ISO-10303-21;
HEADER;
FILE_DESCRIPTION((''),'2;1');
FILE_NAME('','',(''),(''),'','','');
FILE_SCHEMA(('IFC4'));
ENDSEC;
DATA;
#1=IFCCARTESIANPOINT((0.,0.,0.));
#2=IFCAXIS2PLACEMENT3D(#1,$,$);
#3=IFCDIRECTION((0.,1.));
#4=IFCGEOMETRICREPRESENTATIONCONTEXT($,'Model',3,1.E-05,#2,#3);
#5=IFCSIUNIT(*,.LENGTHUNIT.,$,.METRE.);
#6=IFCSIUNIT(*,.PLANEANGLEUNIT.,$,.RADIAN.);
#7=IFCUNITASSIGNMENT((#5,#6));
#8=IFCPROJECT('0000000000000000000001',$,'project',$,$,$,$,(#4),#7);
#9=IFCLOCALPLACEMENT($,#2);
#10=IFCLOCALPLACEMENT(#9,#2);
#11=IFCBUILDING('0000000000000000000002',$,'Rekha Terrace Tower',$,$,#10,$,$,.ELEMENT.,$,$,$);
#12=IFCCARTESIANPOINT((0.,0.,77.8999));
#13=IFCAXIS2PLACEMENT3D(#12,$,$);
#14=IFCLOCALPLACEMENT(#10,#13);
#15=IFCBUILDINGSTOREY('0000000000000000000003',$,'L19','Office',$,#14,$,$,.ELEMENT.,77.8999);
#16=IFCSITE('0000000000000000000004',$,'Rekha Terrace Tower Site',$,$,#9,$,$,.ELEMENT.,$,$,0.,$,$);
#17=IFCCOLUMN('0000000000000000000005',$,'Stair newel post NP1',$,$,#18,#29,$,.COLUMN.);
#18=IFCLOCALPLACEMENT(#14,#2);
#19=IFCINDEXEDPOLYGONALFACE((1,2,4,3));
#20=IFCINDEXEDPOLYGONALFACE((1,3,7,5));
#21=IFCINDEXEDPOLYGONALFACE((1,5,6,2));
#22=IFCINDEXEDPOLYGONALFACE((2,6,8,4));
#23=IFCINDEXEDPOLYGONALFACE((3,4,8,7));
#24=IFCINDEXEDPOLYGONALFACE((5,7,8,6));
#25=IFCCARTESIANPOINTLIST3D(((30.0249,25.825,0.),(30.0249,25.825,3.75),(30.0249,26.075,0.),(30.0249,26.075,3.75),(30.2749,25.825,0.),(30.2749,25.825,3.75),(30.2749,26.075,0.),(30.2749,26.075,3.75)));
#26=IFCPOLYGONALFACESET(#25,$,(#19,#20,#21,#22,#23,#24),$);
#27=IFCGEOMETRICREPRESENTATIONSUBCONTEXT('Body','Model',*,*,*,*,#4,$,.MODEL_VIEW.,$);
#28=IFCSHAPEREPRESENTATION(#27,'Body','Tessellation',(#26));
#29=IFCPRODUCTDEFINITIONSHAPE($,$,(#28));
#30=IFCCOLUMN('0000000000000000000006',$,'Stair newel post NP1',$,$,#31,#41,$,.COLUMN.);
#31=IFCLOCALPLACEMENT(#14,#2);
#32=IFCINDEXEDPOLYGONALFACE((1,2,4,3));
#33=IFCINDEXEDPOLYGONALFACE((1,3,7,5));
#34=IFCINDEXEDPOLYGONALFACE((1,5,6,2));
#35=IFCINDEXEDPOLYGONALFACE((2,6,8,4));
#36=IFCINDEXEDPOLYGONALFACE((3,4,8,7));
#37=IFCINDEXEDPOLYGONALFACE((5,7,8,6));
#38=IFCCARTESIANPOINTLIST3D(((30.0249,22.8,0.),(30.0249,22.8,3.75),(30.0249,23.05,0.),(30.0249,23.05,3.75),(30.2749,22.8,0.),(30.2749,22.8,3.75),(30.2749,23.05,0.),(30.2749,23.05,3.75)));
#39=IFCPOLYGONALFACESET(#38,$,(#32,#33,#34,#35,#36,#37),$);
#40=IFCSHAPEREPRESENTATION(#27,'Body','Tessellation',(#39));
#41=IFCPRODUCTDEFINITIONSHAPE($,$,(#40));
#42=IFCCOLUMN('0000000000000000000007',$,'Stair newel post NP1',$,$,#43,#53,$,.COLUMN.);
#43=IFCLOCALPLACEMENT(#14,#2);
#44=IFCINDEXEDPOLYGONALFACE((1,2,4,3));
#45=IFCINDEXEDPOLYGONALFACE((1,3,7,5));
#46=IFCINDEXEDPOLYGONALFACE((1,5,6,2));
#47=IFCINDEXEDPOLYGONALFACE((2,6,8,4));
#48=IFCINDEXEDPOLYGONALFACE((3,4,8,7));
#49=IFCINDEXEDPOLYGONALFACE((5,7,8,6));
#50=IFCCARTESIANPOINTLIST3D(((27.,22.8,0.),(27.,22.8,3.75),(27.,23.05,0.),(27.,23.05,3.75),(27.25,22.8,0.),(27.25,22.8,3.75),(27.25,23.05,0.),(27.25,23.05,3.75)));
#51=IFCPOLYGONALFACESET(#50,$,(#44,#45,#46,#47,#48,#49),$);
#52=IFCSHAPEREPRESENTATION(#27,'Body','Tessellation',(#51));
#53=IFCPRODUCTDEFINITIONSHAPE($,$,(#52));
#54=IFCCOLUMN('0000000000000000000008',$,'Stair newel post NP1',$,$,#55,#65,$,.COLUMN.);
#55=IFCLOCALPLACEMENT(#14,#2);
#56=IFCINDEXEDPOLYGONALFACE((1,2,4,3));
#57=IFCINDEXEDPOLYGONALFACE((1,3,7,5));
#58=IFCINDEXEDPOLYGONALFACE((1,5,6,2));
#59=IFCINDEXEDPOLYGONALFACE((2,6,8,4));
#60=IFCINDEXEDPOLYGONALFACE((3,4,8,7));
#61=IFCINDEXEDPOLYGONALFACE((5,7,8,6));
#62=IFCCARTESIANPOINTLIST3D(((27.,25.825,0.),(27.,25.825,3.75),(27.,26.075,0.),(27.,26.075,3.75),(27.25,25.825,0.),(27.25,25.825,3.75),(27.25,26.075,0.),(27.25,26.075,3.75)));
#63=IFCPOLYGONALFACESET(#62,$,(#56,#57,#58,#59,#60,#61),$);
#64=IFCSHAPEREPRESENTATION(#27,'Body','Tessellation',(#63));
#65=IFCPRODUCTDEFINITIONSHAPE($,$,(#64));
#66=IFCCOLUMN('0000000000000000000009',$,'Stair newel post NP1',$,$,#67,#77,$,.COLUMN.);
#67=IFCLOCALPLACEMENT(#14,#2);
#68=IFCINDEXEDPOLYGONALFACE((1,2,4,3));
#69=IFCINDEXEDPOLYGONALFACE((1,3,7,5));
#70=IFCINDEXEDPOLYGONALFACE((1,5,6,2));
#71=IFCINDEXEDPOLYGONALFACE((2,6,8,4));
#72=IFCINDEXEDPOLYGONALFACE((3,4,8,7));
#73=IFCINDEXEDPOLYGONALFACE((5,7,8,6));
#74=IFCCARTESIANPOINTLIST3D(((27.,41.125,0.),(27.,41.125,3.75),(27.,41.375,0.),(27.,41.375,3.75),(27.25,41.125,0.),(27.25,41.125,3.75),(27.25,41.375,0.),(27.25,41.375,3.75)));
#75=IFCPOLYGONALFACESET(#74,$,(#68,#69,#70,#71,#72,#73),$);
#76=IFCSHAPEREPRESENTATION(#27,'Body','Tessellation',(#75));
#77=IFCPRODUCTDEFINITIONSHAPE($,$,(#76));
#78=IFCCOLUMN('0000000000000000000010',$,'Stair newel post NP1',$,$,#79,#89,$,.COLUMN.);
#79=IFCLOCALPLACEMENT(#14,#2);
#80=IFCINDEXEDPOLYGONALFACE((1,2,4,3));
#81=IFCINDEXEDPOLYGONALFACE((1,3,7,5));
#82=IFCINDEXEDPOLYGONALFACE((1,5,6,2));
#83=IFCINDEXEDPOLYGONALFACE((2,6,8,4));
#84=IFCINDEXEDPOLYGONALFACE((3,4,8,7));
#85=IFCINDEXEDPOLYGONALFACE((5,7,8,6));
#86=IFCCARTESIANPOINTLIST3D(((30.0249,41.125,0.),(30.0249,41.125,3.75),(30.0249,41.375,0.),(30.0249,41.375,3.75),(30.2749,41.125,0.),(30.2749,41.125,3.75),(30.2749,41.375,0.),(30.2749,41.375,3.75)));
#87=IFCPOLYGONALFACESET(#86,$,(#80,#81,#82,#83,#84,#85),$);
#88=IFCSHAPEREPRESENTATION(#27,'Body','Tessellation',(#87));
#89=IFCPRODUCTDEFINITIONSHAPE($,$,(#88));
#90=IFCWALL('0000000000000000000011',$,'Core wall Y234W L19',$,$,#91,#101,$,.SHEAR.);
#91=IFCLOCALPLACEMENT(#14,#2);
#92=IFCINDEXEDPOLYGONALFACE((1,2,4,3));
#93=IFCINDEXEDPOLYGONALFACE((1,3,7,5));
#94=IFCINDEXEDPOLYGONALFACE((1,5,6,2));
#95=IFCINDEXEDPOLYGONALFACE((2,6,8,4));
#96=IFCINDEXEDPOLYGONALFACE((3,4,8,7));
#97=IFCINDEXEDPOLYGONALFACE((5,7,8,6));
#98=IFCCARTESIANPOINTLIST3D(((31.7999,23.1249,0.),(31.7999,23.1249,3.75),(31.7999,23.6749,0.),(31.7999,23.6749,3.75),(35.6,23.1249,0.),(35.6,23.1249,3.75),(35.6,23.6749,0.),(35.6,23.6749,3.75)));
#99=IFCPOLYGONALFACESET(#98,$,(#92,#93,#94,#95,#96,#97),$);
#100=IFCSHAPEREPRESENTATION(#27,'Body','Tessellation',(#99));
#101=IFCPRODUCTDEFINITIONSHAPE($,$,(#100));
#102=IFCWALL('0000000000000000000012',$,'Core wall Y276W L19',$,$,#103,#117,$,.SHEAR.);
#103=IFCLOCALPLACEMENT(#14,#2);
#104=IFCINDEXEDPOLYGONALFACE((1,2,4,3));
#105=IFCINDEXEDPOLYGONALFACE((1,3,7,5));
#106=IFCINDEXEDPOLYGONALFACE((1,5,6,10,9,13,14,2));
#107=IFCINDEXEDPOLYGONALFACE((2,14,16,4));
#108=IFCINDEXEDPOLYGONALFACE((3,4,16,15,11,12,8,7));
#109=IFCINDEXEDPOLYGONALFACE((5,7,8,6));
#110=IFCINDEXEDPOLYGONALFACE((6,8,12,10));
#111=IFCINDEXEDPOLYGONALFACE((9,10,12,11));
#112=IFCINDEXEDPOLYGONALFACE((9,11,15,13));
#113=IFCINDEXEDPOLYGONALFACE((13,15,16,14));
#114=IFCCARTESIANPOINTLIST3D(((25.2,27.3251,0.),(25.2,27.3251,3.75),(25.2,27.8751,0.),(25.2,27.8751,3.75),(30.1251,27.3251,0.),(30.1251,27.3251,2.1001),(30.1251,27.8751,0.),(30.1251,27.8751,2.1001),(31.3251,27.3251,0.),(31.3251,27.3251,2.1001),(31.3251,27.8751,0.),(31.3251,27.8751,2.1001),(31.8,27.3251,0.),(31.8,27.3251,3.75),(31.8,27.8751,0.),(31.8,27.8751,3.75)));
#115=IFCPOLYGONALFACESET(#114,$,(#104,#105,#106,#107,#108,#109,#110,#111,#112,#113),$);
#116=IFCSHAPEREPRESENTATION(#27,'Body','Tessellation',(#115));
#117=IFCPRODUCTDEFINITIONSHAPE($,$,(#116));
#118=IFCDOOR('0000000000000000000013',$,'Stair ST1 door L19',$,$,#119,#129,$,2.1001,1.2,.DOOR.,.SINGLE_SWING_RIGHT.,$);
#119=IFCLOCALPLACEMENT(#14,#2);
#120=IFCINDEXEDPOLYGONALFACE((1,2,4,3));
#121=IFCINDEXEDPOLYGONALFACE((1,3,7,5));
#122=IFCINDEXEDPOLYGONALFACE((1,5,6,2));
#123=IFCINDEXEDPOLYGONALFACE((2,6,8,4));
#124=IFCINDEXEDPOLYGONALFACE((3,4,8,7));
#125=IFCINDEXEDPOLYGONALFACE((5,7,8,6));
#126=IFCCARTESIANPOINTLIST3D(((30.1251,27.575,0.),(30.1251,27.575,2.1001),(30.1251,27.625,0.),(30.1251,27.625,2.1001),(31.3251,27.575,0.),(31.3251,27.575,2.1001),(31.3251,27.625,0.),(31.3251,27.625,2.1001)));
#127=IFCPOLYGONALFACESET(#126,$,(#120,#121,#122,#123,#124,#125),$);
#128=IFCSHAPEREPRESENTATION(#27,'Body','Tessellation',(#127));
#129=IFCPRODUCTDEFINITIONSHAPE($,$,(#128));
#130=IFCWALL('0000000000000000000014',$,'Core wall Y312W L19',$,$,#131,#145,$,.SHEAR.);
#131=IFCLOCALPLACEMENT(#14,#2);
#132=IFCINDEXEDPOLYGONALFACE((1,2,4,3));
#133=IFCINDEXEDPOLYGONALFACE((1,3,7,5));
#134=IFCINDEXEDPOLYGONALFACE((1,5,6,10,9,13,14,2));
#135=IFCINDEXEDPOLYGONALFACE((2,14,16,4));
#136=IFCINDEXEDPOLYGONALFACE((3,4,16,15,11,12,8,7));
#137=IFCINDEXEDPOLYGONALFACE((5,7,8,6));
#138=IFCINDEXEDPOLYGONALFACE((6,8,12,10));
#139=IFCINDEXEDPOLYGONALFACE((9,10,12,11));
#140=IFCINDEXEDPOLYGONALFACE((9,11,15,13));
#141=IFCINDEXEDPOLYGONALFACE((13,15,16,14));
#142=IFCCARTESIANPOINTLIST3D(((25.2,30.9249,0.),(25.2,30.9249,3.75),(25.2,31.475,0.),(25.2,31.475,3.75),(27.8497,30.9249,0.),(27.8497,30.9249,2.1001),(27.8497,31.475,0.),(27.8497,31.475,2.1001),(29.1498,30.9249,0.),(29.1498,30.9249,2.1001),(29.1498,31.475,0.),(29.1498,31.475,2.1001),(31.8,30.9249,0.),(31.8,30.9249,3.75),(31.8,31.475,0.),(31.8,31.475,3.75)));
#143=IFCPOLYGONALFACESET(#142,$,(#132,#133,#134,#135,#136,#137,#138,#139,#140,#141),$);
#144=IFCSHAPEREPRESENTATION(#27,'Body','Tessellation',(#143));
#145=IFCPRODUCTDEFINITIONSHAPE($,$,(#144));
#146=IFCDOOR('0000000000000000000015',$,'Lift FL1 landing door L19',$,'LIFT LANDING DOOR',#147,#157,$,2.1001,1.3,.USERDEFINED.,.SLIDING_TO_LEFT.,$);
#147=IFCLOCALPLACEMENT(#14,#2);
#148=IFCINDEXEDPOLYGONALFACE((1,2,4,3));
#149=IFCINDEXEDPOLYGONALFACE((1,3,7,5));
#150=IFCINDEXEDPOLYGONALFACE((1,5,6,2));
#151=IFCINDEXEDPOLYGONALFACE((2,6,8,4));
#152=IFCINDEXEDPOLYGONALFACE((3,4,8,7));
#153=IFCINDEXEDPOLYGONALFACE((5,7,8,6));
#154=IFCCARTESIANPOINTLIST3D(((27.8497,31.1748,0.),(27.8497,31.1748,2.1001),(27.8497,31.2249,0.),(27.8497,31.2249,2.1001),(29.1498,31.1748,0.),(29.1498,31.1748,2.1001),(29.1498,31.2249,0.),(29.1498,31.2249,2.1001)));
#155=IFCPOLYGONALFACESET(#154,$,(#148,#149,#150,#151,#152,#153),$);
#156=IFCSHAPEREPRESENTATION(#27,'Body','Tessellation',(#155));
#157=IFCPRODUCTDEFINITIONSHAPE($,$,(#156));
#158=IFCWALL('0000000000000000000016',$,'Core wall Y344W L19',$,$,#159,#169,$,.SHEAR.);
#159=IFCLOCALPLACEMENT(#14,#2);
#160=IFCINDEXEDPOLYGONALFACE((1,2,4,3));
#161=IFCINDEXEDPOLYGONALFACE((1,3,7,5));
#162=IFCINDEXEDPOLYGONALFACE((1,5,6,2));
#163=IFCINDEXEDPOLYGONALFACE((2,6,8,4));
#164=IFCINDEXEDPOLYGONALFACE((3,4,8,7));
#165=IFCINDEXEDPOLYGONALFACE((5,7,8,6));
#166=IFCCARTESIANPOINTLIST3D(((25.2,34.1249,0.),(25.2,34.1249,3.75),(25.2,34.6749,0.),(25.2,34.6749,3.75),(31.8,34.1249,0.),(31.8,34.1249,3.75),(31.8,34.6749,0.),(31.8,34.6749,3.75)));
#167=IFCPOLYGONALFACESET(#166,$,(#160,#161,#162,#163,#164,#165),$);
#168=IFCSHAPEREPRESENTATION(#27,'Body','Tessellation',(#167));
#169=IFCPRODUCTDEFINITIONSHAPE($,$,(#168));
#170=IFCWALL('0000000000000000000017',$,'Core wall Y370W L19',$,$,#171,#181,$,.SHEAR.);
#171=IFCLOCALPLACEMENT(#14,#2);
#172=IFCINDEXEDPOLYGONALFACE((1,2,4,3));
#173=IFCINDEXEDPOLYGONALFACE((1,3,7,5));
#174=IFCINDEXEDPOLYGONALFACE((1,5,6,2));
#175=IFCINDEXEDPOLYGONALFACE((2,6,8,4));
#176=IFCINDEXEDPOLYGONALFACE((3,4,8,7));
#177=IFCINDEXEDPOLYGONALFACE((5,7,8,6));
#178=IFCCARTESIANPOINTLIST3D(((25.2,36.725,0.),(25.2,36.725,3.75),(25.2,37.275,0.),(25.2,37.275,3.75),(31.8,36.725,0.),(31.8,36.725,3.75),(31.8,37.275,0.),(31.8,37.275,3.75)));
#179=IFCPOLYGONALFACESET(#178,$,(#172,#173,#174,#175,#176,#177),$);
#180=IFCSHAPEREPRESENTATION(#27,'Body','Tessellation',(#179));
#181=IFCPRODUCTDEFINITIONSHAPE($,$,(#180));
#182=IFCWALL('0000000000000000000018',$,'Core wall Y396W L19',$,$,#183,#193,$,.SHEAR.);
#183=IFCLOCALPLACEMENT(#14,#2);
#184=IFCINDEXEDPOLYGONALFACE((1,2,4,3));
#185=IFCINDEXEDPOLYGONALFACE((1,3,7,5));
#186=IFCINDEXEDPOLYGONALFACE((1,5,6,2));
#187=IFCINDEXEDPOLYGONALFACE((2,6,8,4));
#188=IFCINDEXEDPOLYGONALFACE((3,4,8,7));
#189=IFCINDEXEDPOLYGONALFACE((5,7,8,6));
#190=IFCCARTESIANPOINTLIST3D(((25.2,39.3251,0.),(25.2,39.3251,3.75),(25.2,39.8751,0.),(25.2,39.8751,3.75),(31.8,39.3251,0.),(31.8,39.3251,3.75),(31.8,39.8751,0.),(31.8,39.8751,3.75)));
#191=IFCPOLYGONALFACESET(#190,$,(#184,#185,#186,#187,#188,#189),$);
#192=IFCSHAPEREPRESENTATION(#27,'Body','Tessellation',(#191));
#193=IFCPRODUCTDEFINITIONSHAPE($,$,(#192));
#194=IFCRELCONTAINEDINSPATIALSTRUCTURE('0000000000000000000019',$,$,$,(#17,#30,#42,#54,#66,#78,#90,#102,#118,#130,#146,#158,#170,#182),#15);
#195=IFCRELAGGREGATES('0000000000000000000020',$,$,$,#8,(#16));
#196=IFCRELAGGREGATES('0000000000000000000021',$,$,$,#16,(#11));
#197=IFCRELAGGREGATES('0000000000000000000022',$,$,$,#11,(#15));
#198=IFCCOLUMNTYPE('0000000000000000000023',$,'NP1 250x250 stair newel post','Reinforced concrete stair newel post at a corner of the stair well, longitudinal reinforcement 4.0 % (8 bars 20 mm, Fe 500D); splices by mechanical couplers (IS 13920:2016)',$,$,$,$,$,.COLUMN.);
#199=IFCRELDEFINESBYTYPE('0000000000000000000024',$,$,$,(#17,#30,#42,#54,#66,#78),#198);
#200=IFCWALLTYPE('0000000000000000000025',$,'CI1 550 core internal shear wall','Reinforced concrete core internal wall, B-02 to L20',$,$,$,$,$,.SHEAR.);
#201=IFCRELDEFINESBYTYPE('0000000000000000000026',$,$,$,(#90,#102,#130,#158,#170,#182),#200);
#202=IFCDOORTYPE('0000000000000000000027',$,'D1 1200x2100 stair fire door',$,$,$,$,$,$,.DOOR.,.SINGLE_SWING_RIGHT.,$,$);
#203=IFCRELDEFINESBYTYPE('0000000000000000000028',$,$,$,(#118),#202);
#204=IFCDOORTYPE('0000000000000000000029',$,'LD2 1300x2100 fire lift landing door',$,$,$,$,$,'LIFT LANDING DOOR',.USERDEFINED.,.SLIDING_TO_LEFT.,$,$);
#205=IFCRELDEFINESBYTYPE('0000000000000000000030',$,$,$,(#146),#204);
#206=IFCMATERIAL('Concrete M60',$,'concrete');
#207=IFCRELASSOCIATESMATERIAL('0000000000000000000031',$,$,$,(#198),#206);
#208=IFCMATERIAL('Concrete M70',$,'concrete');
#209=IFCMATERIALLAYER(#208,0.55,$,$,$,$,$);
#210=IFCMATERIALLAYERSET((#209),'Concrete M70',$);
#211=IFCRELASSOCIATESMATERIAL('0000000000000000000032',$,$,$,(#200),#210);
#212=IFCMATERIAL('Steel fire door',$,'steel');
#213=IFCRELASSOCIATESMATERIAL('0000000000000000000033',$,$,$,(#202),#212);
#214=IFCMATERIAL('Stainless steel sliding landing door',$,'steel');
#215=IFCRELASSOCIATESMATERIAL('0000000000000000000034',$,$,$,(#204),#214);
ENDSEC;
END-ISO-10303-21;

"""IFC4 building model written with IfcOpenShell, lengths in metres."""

from ifc_helpers import new_model, si_unit, direction, frame, frame_2d, origin, origin_2d, place, context, subcontext, project, spatial, rectangle, extrude, material, layer, layer_set, material_profile, profile_set, type_object, element, fill, save


model = new_model("IFC4")

# Units and contexts
model_context = context("Model", 3, precision=1e-05, world=origin(), true_north=direction((0.0, 1.0)))
body_context = subcontext(model_context, "Body", "Model", "MODEL_VIEW")
ifc_project = project(units=[si_unit("LENGTHUNIT", "METRE"), si_unit("PLANEANGLEUNIT", "RADIAN")], contexts=[model_context])

# Site, building, storey
site_placement = place(None, origin())
site = spatial("IfcSite", under=ifc_project, at=site_placement, Name="Rekha Terrace Tower Site", CompositionType="ELEMENT", RefElevation=0.0)
building_placement = place(site_placement, origin())
building = spatial("IfcBuilding", under=site, at=building_placement, Name="Rekha Terrace Tower", CompositionType="ELEMENT")
storey_placement = place(building_placement, frame((0.0, 0.0, 77.8999)))
storey = spatial("IfcBuildingStorey", under=building, at=storey_placement, Name="L19", Description="Office", CompositionType="ELEMENT", Elevation=77.8999)

# Columns
ifc_material_1 = material(Name="Concrete M60", Category="concrete")
ifc_material_profile = material_profile(ifc_material_1, rectangle(XDim=0.25, YDim=0.25, at=origin_2d()), Name="RC 250x250")
ifc_profile_set = profile_set([ifc_material_profile], Name="Concrete M60")
column_type = type_object("IfcColumnType", Name="NP1 250x250 stair newel post", Description="Reinforced concrete stair newel post at a corner of the stair well, longitudinal reinforcement 4.0 % (8 bars 20 mm, Fe 500D); splices by mechanical couplers (IS 13920:2016)", PredefinedType="COLUMN", material=ifc_profile_set)
for number, where, z_axis, x_axis, name in (
    (1, (30.1499, 25.95, 0.0), (0.0, 0.0, 1.0), (1.0, 0.0, 0.0), "Stair newel post NP1"),
    (2, (30.1499, 22.925, 0.0), (0.0, 0.0, 1.0), (1.0, 0.0, 0.0), "Stair newel post NP1"),
    (3, (27.125, 22.925, 0.0), (0.0, 0.0, 1.0), (1.0, 0.0, 0.0), "Stair newel post NP1"),
    (4, (27.125, 25.95, 0.0), (0.0, 0.0, 1.0), (1.0, 0.0, 0.0), "Stair newel post NP1"),
    (5, (27.125, 41.25, 0.0), (0.0, 0.0, 1.0), (1.0, 0.0, 0.0), "Stair newel post NP1"),
    (6, (30.1499, 41.25, 0.0), (0.0, 0.0, 1.0), (1.0, 0.0, 0.0), "Stair newel post NP1"),
):
    element("IfcColumn", number, at=place(storey_placement, frame(where, z_axis=z_axis, x_axis=x_axis)), inside=storey, type_object=column_type, Name=name, PredefinedType="COLUMN", context=body_context, shape_type="SweptSolid", body=[
        extrude(rectangle(XDim=0.25, YDim=0.25, at=origin_2d()), origin(), (0.0, 0.0, 1.0), 3.75),
    ])

# Wall
ifc_material_2 = material(Name="Concrete M70", Category="concrete")
ifc_layer = layer(ifc_material_2, 0.55)
ifc_layer_set = layer_set([ifc_layer], Name="Concrete M70")
wall_type = type_object("IfcWallType", Name="CI1 550 core internal shear wall", Description="Reinforced concrete core internal wall, B-02 to L20", PredefinedType="SHEAR", material=ifc_layer_set)
wall_1_placement = place(storey_placement, frame((31.8, 23.3999, 0.0), z_axis=(0.0, 0.0, 1.0), x_axis=(1.0, 0.0, 0.0)))
element("IfcWall", 7, at=wall_1_placement, inside=storey, type_object=wall_type, Name="Core wall Y234W L19", PredefinedType="SHEAR", context=body_context, shape_type="SweptSolid", body=[
    extrude(rectangle(XDim=3.8, YDim=0.55, at=frame_2d((1.8999, 0.0))), origin(), (0.0, 0.0, 1.0), 3.75),
])

# Walls, openings, doors
wall_2_placement = place(storey_placement, frame((25.2, 27.6001, 0.0), z_axis=(0.0, 0.0, 1.0), x_axis=(1.0, 0.0, 0.0)))
wall_2 = element("IfcWall", 8, at=wall_2_placement, inside=storey, type_object=wall_type, Name="Core wall Y276W L19", PredefinedType="SHEAR", context=body_context, shape_type="SweptSolid", body=[
    extrude(rectangle(XDim=6.6001, YDim=0.55, at=frame_2d((3.3, 0.0))), origin(), (0.0, 0.0, 1.0), 3.75),
])
opening_1_placement = place(wall_2_placement, frame((4.925, 0.0, 0.0)))
opening_1 = element("IfcOpeningElement", 9, at=opening_1_placement, cuts=wall_2, PredefinedType="OPENING", context=body_context, shape_type="SweptSolid", body=[
    extrude(rectangle(XDim=1.2, YDim=2.1001, at=frame_2d((0.6001, 1.05))), frame((0.0, 0.2849, 0.0), z_axis=(0.0, -1.0, 0.0), x_axis=(1.0, 0.0, 0.0)), (0.0, 0.0, 1.0), 0.5701),
])
ifc_material_3 = material(Name="Steel fire door", Category="steel")
door_type_1 = type_object("IfcDoorType", Name="D1 1200x2100 stair fire door", OperationType="SINGLE_SWING_RIGHT", PredefinedType="DOOR", material=ifc_material_3)
door_1_placement = place(opening_1_placement, origin())
door_1 = element("IfcDoor", 10, at=door_1_placement, inside=storey, type_object=door_type_1, Name="Stair ST1 door L19", OperationType="SINGLE_SWING_RIGHT", OverallHeight=2.1001, OverallWidth=1.2, PredefinedType="DOOR", context=body_context, shape_type="SweptSolid", body=[
    extrude(rectangle(XDim=1.2, YDim=2.1001, at=frame_2d((0.6001, 1.05))), frame((0.0, 0.0249, 0.0), z_axis=(0.0, -1.0, 0.0), x_axis=(1.0, 0.0, 0.0)), (0.0, 0.0, 1.0), 0.05),
])
fill(opening_1, door_1)
wall_3_placement = place(storey_placement, frame((25.2, 31.2, 0.0), z_axis=(0.0, 0.0, 1.0), x_axis=(1.0, 0.0, 0.0)))
wall_3 = element("IfcWall", 11, at=wall_3_placement, inside=storey, type_object=wall_type, Name="Core wall Y312W L19", PredefinedType="SHEAR", context=body_context, shape_type="SweptSolid", body=[
    extrude(rectangle(XDim=6.6001, YDim=0.55, at=frame_2d((3.3, 0.0))), origin(), (0.0, 0.0, 1.0), 3.75),
])
opening_2_placement = place(wall_3_placement, frame((2.6499, 0.0, 0.0)))
opening_2 = element("IfcOpeningElement", 12, at=opening_2_placement, cuts=wall_3, PredefinedType="OPENING", context=body_context, shape_type="SweptSolid", body=[
    extrude(rectangle(XDim=1.3, YDim=2.1001, at=frame_2d((0.6499, 1.05))), frame((0.0, 0.2849, 0.0), z_axis=(0.0, -1.0, 0.0), x_axis=(1.0, 0.0, 0.0)), (0.0, 0.0, 1.0), 0.5701),
])
ifc_material_4 = material(Name="Stainless steel sliding landing door", Category="steel")
door_type_2 = type_object("IfcDoorType", Name="LD2 1300x2100 fire lift landing door", ElementType="LIFT LANDING DOOR", OperationType="SLIDING_TO_LEFT", PredefinedType="USERDEFINED", material=ifc_material_4)
door_2_placement = place(opening_2_placement, origin())
door_2 = element("IfcDoor", 13, at=door_2_placement, inside=storey, type_object=door_type_2, Name="Lift FL1 landing door L19", ObjectType="LIFT LANDING DOOR", OperationType="SLIDING_TO_LEFT", OverallHeight=2.1001, OverallWidth=1.3, PredefinedType="USERDEFINED", context=body_context, shape_type="SweptSolid", body=[
    extrude(rectangle(XDim=1.3, YDim=2.1001, at=frame_2d((0.6499, 1.05))), frame((0.0, 0.0249, 0.0), z_axis=(0.0, -1.0, 0.0), x_axis=(1.0, 0.0, 0.0)), (0.0, 0.0, 1.0), 0.05),
])
fill(opening_2, door_2)

# Walls
for number, where, z_axis, x_axis, name in (
    (14, (25.2, 34.3999, 0.0), (0.0, 0.0, 1.0), (1.0, 0.0, 0.0), "Core wall Y344W L19"),
    (15, (25.2, 37.0, 0.0), (0.0, 0.0, 1.0), (1.0, 0.0, 0.0), "Core wall Y370W L19"),
    (16, (25.2, 39.6001, 0.0), (0.0, 0.0, 1.0), (1.0, 0.0, 0.0), "Core wall Y396W L19"),
):
    element("IfcWall", number, at=place(storey_placement, frame(where, z_axis=z_axis, x_axis=x_axis)), inside=storey, type_object=wall_type, Name=name, PredefinedType="SHEAR", context=body_context, shape_type="SweptSolid", body=[
        extrude(rectangle(XDim=6.6001, YDim=0.55, at=frame_2d((3.3, 0.0))), origin(), (0.0, 0.0, 1.0), 3.75),
    ])

save(model, "model.ifc")
